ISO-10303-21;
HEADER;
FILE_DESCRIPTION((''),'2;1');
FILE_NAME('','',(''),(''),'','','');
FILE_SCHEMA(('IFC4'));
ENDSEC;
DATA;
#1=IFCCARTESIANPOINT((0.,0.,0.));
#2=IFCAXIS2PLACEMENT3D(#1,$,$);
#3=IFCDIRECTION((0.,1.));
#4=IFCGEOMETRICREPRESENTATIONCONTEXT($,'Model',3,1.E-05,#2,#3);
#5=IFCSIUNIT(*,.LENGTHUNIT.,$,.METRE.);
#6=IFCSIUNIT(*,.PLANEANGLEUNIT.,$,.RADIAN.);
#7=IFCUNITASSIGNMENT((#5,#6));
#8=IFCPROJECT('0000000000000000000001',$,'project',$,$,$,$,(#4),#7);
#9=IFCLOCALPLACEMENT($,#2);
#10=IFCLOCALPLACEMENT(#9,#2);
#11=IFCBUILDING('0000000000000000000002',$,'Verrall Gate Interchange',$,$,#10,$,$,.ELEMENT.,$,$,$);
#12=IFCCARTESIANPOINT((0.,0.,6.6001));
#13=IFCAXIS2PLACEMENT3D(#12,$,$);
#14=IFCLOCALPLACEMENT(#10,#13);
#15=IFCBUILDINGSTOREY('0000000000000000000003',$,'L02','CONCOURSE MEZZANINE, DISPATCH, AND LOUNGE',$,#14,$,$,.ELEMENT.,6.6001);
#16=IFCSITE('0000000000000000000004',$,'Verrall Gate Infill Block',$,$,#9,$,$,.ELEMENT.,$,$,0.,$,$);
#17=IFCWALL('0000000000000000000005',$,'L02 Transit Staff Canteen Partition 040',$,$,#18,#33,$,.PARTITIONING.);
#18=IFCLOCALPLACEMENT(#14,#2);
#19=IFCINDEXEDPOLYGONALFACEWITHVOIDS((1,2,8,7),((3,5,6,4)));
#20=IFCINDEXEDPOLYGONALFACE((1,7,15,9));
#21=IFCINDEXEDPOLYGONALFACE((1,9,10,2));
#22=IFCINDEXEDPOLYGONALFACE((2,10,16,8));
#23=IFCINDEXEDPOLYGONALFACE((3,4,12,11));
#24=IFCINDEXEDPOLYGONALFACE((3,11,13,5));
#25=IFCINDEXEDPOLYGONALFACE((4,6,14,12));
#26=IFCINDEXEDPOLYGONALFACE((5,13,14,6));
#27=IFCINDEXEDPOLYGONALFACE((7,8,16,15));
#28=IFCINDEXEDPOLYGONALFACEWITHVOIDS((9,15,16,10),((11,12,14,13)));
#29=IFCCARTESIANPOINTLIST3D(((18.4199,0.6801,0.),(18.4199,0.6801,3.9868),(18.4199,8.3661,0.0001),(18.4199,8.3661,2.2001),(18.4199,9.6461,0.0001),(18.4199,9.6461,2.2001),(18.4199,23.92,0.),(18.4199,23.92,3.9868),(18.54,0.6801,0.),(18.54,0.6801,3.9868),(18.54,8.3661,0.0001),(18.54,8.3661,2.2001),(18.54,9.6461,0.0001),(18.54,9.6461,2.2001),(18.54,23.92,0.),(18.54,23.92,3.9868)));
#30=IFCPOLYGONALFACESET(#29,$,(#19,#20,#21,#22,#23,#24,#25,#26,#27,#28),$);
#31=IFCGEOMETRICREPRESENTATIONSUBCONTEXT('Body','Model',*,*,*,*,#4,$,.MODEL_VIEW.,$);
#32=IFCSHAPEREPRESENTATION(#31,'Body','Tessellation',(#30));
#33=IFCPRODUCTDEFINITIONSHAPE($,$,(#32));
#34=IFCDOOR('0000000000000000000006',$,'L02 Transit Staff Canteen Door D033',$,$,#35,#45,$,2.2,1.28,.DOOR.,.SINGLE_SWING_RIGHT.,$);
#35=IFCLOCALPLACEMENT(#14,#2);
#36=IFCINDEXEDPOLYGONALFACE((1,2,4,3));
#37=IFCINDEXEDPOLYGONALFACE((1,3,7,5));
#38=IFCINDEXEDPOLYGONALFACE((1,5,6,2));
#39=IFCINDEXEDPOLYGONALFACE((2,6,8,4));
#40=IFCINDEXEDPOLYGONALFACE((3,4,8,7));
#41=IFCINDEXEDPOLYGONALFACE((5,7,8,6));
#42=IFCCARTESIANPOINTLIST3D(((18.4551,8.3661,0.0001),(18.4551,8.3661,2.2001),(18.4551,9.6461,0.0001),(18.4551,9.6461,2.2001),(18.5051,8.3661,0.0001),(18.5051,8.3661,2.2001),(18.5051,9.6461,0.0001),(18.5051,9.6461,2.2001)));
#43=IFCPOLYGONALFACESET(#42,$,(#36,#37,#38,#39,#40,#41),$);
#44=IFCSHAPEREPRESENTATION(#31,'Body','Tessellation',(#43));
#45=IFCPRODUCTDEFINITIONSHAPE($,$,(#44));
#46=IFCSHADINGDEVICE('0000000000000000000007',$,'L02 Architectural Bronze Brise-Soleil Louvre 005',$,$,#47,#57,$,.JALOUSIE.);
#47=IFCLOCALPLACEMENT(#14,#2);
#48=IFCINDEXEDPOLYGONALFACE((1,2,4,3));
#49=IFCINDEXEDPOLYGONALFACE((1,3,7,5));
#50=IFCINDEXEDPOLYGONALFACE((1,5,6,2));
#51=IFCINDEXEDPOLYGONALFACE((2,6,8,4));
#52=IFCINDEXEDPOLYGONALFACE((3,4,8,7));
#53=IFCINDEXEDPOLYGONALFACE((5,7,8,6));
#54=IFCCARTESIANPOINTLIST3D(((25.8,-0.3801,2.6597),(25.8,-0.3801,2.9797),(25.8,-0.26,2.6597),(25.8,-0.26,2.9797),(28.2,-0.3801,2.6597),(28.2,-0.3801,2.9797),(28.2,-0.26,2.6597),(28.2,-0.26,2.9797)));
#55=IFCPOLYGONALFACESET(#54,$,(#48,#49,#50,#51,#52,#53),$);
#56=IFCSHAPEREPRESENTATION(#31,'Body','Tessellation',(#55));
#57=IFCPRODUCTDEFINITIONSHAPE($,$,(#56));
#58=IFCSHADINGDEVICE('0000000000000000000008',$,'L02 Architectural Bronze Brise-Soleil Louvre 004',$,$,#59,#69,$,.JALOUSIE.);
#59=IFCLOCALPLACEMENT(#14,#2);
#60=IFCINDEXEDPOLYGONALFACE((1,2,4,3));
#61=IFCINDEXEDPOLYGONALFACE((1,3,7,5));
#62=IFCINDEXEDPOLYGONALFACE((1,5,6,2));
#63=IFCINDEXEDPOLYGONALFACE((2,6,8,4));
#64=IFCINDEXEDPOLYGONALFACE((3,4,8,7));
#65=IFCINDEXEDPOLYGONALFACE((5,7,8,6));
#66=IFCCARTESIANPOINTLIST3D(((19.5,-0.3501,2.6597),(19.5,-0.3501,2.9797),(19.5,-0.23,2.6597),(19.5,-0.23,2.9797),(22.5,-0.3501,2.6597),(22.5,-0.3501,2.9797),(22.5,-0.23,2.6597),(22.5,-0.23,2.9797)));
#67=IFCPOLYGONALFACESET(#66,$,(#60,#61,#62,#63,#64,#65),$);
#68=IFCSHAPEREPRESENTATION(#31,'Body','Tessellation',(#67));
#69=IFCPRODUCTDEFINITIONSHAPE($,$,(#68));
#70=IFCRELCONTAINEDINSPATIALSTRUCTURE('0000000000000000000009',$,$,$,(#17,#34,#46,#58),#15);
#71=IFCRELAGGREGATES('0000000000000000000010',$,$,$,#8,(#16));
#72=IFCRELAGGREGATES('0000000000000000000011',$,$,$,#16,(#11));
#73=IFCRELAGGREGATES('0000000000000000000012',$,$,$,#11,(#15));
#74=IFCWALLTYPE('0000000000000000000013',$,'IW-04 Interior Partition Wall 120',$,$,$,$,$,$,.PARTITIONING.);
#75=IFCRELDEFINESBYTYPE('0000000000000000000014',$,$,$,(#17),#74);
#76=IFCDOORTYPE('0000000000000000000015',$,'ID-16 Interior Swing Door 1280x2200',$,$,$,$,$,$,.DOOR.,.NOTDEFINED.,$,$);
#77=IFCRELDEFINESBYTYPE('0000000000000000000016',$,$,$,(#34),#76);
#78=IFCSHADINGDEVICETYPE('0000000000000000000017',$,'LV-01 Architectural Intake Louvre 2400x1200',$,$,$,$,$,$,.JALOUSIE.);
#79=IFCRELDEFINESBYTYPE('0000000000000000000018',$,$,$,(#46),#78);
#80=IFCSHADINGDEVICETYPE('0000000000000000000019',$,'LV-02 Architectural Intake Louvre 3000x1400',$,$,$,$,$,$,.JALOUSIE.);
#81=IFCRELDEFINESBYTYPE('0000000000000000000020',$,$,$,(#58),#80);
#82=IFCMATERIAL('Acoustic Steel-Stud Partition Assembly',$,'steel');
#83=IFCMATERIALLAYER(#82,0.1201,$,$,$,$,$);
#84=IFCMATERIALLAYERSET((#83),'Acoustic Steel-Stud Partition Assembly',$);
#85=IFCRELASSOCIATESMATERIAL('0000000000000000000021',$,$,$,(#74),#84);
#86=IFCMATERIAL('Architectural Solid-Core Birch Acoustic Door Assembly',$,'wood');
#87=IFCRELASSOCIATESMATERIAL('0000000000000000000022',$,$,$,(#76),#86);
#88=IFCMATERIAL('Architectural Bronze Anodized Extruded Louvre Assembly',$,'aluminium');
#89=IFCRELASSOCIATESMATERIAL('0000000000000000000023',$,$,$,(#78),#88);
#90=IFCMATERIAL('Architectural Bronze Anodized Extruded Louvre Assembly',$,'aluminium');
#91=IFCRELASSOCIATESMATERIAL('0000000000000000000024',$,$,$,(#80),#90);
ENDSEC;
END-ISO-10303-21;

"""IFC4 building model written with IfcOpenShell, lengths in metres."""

from ifc_helpers import new_model, si_unit, direction, frame, frame_2d, origin, origin_2d, place, context, subcontext, project, spatial, rectangle, extrude, material, layer, layer_set, type_object, element, fill, save


model = new_model("IFC4")

# Units and contexts
model_context = context("Model", 3, precision=1e-05, world=origin(), true_north=direction((0.0, 1.0)))
body_context = subcontext(model_context, "Body", "Model", "MODEL_VIEW")
ifc_project = project(units=[si_unit("LENGTHUNIT", "METRE"), si_unit("PLANEANGLEUNIT", "RADIAN")], contexts=[model_context])

# Site, building, storey
site_placement = place(None, origin())
site = spatial("IfcSite", under=ifc_project, at=site_placement, Name="Verrall Gate Infill Block", CompositionType="ELEMENT", RefElevation=0.0)
building_placement = place(site_placement, origin())
building = spatial("IfcBuilding", under=site, at=building_placement, Name="Verrall Gate Interchange", CompositionType="ELEMENT")
storey_placement = place(building_placement, frame((0.0, 0.0, 6.6001)))
storey = spatial("IfcBuildingStorey", under=building, at=storey_placement, Name="L02", Description="CONCOURSE MEZZANINE, DISPATCH, AND LOUNGE", CompositionType="ELEMENT", Elevation=6.6001)

# Wall, opening, door
ifc_material_1 = material(Name="Acoustic Steel-Stud Partition Assembly", Category="steel")
ifc_layer_1 = layer(ifc_material_1, 0.1201)
ifc_layer_set_1 = layer_set([ifc_layer_1], Name="Acoustic Steel-Stud Partition Assembly")
wall_type_1 = type_object("IfcWallType", Name="IW-04 Interior Partition Wall 120", PredefinedType="PARTITIONING", material=ifc_layer_set_1)
wall_1_placement = place(storey_placement, frame((18.48, 0.6799, 0.0), z_axis=(0.0, 0.0, 1.0), x_axis=(0.0, 1.0, 0.0)))
wall_1 = element("IfcWall", 1, at=wall_1_placement, inside=storey, type_object=wall_type_1, Name="L02 Transit Staff Canteen Partition 040", PredefinedType="PARTITIONING", context=body_context, shape_type="SweptSolid", body=[
    extrude(rectangle(XDim=23.24, YDim=0.1201, at=frame_2d((11.6201, 0.0))), origin(), (0.0, 0.0, 1.0), 3.9868),
])
opening_1_placement = place(wall_1_placement, frame((7.686, 0.0, 0.0)))
opening_1 = element("IfcOpeningElement", 2, at=opening_1_placement, cuts=wall_1, PredefinedType="OPENING", context=body_context, shape_type="SweptSolid", body=[
    extrude(rectangle(XDim=1.28, YDim=2.2, at=frame_2d((0.6401, 1.1001))), frame((0.0, 0.075, 0.0), z_axis=(0.0, -1.0, 0.0), x_axis=(1.0, 0.0, 0.0)), (0.0, 0.0, 1.0), 0.1499),
])
ifc_material_2 = material(Name="Architectural Solid-Core Birch Acoustic Door Assembly", Category="wood")
door_type = type_object("IfcDoorType", Name="ID-16 Interior Swing Door 1280x2200", OperationType="NOTDEFINED", PredefinedType="DOOR", material=ifc_material_2)
door_placement = place(opening_1_placement, origin())
door = element("IfcDoor", 3, at=door_placement, inside=storey, type_object=door_type, Name="L02 Transit Staff Canteen Door D033", OperationType="SINGLE_SWING_RIGHT", OverallHeight=2.2, OverallWidth=1.28, PredefinedType="DOOR", context=body_context, shape_type="SweptSolid", body=[
    extrude(rectangle(XDim=1.28, YDim=2.2, at=frame_2d((0.6401, 1.1001))), frame((0.0, 0.0249, 0.0), z_axis=(0.0, -1.0, 0.0), x_axis=(1.0, 0.0, 0.0)), (0.0, 0.0, 1.0), 0.05),
])
fill(opening_1, door)

# Shading devices
ifc_material_3 = material(Name="Architectural Bronze Anodized Extruded Louvre Assembly", Category="aluminium")
shading_device_type_1 = type_object("IfcShadingDeviceType", Name="LV-01 Architectural Intake Louvre 2400x1200", PredefinedType="JALOUSIE", material=ifc_material_3)
shading_device_1_placement = place(storey_placement, frame((27.0, -0.3201, 2.6597), z_axis=(0.0, 0.0, 1.0), x_axis=(1.0, 0.0, 0.0)))
element("IfcShadingDevice", 4, at=shading_device_1_placement, inside=storey, type_object=shading_device_type_1, Name="L02 Architectural Bronze Brise-Soleil Louvre 005", PredefinedType="JALOUSIE", context=body_context, shape_type="SweptSolid", body=[
    extrude(rectangle(XDim=2.3999, YDim=0.1201, at=origin_2d()), origin(), (0.0, 0.0, 1.0), 0.3201),
])
ifc_material_4 = material(Name="Architectural Bronze Anodized Extruded Louvre Assembly", Category="aluminium")
shading_device_type_2 = type_object("IfcShadingDeviceType", Name="LV-02 Architectural Intake Louvre 3000x1400", PredefinedType="JALOUSIE", material=ifc_material_4)
shading_device_2_placement = place(storey_placement, frame((21.0, -0.29, 2.6597), z_axis=(0.0, 0.0, 1.0), x_axis=(1.0, 0.0, 0.0)))
element("IfcShadingDevice", 5, at=shading_device_2_placement, inside=storey, type_object=shading_device_type_2, Name="L02 Architectural Bronze Brise-Soleil Louvre 004", PredefinedType="JALOUSIE", context=body_context, shape_type="SweptSolid", body=[
    extrude(rectangle(XDim=3.0, YDim=0.1201, at=origin_2d()), origin(), (0.0, 0.0, 1.0), 0.3201),
])

save(model, "model.ifc")
